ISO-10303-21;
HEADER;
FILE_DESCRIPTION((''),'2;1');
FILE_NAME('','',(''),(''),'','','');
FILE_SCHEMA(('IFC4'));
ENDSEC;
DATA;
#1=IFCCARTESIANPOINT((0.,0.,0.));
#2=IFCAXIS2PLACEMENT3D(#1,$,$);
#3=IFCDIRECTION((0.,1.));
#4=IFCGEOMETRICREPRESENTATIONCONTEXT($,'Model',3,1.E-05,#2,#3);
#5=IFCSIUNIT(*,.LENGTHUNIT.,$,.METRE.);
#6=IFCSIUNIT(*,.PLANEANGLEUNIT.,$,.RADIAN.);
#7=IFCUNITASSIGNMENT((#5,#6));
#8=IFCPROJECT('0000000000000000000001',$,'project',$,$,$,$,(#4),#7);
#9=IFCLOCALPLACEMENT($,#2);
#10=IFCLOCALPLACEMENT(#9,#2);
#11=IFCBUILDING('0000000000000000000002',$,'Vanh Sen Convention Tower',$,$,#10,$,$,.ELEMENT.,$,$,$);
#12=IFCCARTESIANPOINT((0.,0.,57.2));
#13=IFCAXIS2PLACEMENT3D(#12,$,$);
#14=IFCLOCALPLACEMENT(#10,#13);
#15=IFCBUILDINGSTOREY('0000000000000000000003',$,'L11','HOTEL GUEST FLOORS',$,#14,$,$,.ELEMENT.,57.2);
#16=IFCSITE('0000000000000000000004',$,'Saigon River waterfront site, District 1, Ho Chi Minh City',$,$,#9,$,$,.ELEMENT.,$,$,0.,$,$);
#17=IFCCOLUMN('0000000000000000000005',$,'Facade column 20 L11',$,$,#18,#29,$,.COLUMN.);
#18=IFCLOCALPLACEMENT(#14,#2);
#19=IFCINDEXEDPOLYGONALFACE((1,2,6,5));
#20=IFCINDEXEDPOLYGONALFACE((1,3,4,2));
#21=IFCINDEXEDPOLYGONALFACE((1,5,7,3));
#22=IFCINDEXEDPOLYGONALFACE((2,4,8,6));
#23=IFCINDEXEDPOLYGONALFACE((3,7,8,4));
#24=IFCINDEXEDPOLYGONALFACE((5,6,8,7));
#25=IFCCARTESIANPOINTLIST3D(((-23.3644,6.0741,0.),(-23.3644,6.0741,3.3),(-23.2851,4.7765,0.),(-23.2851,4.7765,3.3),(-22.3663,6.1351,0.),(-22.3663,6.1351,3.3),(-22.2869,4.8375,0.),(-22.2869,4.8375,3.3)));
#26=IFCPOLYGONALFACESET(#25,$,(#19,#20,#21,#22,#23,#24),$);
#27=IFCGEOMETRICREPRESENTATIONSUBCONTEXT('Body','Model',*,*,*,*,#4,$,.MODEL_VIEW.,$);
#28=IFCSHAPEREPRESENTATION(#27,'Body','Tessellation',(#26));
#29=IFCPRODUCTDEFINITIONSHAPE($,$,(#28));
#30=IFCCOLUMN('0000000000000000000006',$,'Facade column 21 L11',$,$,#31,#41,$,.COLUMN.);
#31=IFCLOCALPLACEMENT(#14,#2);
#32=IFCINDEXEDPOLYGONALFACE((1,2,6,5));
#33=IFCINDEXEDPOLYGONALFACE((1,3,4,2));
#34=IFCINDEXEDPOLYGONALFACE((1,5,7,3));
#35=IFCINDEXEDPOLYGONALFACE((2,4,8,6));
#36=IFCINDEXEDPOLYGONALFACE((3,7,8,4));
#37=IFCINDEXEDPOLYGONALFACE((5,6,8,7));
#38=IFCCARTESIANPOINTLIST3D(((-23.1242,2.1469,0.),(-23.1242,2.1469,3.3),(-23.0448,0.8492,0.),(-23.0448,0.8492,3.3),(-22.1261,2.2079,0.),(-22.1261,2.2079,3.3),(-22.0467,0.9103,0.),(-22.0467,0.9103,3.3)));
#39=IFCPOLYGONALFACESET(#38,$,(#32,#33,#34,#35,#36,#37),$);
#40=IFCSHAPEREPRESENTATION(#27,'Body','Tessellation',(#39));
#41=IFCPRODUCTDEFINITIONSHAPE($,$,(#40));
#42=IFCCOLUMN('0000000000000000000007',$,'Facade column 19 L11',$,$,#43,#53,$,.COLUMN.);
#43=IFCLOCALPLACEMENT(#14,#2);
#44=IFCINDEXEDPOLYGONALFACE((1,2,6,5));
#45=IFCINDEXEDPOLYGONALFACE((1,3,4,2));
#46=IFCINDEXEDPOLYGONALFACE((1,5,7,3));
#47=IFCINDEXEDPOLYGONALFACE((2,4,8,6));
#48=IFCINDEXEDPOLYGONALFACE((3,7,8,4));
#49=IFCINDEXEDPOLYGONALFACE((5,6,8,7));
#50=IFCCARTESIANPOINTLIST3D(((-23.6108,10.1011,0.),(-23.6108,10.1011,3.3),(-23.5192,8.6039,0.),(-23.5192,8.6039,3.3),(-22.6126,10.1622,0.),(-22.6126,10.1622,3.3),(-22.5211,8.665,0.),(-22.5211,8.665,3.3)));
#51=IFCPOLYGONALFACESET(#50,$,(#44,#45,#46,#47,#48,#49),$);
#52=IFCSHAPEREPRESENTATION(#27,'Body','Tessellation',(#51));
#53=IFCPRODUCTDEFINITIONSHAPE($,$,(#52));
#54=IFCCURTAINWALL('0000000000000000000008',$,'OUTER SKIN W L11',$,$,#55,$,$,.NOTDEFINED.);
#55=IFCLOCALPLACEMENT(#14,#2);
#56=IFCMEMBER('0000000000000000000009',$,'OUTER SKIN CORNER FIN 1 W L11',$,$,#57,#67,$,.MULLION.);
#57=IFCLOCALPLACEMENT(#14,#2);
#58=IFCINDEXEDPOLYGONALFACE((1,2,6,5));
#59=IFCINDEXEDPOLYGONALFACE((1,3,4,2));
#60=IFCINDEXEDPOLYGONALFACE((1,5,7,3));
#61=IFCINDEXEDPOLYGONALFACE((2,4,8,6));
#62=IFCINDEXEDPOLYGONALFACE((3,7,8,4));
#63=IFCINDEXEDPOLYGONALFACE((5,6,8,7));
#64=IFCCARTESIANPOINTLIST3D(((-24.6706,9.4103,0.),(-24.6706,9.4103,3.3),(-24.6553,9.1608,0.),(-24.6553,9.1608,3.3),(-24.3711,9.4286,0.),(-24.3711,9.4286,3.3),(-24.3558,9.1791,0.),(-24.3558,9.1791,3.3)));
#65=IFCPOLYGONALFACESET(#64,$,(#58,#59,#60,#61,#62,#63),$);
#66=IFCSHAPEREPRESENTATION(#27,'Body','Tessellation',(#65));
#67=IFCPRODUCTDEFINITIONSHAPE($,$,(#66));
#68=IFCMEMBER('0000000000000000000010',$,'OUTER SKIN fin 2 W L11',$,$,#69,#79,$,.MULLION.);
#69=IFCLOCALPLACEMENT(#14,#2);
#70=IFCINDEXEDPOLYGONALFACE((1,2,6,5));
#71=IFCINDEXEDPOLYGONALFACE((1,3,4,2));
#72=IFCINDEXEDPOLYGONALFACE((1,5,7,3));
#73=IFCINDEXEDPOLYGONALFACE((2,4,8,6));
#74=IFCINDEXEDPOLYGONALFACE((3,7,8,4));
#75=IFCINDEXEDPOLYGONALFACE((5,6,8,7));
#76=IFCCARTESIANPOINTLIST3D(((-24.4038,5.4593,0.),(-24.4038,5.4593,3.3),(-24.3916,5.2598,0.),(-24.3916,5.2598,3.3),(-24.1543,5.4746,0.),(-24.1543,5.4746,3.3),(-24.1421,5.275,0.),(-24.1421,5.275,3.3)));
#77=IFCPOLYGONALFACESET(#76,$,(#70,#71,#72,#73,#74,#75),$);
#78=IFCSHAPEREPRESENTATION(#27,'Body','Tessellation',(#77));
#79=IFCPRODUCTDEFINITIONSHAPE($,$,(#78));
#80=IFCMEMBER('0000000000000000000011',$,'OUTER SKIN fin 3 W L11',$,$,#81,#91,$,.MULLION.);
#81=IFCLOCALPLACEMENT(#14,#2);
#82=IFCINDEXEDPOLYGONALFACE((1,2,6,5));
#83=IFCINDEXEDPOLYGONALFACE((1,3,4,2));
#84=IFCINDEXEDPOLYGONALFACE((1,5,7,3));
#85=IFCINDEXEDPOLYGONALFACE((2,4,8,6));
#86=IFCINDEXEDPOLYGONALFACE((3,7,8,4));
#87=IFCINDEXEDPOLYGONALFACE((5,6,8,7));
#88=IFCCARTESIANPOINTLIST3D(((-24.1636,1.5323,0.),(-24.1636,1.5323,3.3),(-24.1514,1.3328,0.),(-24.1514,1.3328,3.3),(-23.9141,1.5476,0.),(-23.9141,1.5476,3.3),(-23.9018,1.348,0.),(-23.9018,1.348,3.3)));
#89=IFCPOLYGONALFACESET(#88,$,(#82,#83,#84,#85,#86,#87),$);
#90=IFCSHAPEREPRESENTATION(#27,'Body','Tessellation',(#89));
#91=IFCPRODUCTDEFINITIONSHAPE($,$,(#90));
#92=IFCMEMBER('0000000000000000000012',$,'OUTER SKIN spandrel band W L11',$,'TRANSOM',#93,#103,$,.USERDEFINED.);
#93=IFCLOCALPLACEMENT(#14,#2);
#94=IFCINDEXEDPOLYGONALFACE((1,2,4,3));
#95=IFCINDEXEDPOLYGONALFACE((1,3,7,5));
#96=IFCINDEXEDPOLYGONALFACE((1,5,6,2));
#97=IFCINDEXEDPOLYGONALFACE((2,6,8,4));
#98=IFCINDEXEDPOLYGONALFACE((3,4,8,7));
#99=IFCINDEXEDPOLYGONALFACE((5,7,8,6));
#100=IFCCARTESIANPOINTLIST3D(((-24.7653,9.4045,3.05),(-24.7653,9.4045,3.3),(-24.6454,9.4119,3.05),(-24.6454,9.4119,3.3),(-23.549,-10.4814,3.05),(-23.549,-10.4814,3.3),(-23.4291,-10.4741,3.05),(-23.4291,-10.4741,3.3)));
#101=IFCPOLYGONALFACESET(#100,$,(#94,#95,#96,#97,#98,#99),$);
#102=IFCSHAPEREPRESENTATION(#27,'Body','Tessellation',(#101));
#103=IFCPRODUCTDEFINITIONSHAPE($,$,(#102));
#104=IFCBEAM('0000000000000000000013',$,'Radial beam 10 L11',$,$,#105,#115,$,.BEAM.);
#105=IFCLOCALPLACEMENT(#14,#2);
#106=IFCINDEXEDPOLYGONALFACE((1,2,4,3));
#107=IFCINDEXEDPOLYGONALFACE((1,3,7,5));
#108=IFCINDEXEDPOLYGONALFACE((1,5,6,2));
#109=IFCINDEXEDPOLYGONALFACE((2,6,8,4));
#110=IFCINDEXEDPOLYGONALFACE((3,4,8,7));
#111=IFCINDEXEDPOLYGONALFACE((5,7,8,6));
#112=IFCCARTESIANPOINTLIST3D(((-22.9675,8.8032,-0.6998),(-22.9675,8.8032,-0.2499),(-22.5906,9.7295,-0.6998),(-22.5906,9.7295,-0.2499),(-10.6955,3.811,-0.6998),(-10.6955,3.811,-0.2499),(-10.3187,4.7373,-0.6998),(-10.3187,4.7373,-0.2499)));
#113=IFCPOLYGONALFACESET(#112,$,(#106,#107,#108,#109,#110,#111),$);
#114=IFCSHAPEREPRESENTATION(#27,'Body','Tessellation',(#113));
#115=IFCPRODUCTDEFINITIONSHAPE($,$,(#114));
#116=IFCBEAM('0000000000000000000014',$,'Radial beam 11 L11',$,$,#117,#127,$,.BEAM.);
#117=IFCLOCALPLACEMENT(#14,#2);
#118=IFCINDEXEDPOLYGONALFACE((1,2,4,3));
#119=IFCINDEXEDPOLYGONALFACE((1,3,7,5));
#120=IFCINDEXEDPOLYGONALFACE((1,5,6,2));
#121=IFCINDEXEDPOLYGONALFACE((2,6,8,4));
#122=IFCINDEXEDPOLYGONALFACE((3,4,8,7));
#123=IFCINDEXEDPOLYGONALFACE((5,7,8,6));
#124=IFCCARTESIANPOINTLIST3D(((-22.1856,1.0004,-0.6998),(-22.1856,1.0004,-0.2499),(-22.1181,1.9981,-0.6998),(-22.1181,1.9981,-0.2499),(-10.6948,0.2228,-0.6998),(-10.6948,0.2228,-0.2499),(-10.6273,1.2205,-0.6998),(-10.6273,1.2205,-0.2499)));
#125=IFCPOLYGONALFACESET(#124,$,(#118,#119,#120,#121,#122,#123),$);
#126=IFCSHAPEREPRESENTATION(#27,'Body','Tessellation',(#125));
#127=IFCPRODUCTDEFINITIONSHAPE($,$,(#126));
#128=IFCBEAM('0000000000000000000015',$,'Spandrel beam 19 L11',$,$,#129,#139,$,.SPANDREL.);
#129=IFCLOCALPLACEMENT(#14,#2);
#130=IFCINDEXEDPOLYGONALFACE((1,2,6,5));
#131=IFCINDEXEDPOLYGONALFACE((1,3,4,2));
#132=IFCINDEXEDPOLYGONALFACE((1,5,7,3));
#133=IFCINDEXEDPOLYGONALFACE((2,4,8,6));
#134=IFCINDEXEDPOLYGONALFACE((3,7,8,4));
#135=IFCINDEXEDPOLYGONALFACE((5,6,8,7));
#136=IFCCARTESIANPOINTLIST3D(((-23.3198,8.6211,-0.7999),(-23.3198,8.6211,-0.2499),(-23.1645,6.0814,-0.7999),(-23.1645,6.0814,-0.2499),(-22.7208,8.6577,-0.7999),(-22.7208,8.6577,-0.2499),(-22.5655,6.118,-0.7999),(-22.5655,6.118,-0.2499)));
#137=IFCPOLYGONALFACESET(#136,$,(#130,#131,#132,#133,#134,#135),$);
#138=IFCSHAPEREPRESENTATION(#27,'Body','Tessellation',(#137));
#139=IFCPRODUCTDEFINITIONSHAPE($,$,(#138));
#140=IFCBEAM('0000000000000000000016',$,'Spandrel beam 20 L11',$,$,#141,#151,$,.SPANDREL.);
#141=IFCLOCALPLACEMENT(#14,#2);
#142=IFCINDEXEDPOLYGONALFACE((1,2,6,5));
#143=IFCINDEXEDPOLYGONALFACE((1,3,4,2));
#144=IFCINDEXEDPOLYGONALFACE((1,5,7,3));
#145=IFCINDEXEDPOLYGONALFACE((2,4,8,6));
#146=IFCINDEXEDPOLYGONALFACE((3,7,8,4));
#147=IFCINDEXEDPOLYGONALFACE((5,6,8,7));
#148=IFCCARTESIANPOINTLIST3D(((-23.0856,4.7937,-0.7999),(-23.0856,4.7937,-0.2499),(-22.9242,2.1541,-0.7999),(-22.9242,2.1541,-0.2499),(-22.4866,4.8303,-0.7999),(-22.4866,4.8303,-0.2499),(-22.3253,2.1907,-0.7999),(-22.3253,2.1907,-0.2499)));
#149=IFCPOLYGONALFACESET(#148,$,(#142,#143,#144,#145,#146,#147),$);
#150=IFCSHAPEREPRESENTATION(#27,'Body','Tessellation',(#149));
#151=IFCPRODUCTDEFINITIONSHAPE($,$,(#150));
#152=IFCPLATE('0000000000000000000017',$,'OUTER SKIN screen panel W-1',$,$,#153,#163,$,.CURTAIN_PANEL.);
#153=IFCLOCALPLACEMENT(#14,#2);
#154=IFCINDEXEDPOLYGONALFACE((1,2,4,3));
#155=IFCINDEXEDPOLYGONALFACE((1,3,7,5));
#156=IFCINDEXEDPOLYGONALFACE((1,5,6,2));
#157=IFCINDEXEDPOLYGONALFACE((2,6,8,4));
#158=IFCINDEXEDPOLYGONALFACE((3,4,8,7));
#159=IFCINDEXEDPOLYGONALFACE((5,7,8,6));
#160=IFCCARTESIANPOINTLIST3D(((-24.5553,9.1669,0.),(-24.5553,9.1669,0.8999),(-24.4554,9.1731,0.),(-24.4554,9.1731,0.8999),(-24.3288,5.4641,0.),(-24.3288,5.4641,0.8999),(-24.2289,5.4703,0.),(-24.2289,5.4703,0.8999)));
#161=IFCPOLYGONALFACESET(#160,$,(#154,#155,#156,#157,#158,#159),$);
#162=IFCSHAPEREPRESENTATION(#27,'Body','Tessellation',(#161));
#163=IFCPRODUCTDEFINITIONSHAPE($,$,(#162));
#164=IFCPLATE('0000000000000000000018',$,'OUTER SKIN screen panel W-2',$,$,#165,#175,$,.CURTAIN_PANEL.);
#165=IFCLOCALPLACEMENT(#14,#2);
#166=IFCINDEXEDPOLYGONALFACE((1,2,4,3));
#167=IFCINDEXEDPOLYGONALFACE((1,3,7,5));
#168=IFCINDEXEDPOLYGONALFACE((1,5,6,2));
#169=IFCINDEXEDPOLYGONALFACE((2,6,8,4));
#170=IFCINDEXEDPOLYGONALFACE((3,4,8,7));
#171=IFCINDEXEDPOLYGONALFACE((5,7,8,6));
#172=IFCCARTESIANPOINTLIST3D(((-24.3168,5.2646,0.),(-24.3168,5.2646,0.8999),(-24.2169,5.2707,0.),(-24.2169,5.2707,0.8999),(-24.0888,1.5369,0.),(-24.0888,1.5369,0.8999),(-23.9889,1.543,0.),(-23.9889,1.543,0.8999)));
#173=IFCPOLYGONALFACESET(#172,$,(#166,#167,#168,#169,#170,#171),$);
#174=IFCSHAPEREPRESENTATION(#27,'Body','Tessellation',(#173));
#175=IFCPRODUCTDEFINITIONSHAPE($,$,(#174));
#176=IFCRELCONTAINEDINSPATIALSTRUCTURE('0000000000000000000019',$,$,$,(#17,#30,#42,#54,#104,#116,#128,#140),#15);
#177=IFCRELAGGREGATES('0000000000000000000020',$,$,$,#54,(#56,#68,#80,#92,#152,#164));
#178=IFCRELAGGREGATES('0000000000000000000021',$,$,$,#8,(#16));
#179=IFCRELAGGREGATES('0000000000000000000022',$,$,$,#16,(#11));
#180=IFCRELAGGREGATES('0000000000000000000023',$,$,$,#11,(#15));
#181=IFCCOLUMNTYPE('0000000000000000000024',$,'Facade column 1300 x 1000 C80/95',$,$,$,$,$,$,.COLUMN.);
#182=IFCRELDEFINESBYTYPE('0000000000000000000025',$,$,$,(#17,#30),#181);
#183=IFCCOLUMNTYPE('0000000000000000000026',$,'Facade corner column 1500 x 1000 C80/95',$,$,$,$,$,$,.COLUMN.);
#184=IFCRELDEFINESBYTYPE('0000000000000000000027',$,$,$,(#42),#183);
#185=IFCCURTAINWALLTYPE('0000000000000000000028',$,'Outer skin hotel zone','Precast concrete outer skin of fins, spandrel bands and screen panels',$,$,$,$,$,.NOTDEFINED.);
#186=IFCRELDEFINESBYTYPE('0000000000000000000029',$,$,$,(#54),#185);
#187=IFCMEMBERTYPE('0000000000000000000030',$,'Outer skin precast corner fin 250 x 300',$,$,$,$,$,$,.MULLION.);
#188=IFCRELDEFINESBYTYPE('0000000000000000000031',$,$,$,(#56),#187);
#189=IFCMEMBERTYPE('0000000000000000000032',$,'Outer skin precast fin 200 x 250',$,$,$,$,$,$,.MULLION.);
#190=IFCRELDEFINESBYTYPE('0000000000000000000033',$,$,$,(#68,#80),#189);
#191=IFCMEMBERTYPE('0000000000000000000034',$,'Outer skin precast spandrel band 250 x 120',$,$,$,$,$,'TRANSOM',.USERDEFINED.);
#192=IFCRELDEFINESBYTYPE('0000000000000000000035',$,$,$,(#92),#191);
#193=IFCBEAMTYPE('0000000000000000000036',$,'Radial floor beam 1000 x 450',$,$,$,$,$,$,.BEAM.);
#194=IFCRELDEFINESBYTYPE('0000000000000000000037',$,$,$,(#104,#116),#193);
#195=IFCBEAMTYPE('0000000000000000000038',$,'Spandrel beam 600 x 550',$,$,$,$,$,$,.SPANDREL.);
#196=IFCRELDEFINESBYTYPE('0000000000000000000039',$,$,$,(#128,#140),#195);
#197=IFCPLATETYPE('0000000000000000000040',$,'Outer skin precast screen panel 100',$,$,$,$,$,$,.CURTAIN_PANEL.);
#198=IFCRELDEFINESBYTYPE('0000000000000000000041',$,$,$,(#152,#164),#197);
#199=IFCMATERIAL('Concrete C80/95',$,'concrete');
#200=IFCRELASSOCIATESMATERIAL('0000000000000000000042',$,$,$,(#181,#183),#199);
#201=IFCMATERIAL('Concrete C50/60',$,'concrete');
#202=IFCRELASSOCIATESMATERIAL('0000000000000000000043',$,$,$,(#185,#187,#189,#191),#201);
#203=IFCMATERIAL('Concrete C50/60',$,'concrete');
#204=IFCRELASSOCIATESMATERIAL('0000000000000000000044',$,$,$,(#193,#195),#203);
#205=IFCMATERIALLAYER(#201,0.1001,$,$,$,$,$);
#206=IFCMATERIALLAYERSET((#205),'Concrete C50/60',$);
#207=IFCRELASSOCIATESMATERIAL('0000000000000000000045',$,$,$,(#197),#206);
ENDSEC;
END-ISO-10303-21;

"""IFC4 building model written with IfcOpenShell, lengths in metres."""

from ifc_helpers import new_model, si_unit, direction, frame, origin, origin_2d, place, context, subcontext, project, spatial, rectangle, extrude, material, layer, layer_set, material_profile, profile_set, type_object, element, aggregate, save


model = new_model("IFC4")

# Units and contexts
model_context = context("Model", 3, precision=1e-05, world=origin(), true_north=direction((0.0, 1.0)))
body_context = subcontext(model_context, "Body", "Model", "MODEL_VIEW")
ifc_project = project(units=[si_unit("LENGTHUNIT", "METRE"), si_unit("PLANEANGLEUNIT", "RADIAN")], contexts=[model_context])

# Site, building, storey
site_placement = place(None, origin())
site = spatial("IfcSite", under=ifc_project, at=site_placement, Name="Saigon River waterfront site, District 1, Ho Chi Minh City", CompositionType="ELEMENT", RefElevation=0.0)
building_placement = place(site_placement, origin())
building = spatial("IfcBuilding", under=site, at=building_placement, Name="Vanh Sen Convention Tower", CompositionType="ELEMENT")
storey_placement = place(building_placement, frame((0.0, 0.0, 57.2)))
storey = spatial("IfcBuildingStorey", under=building, at=storey_placement, Name="L11", Description="HOTEL GUEST FLOORS", CompositionType="ELEMENT", Elevation=57.2)

# Columns
ifc_material_1 = material(Name="Concrete C80/95", Category="concrete")
ifc_material_profile_1 = material_profile(ifc_material_1, rectangle(XDim=1.3, YDim=1.0, at=origin_2d()), Name="RC 1300X1000")
ifc_profile_set_1 = profile_set([ifc_material_profile_1], Name="Concrete C80/95")
column_type_1 = type_object("IfcColumnType", Name="Facade column 1300 x 1000 C80/95", PredefinedType="COLUMN", material=ifc_profile_set_1)
for number, where, z_axis, x_axis, name in (
    (1, (-22.8257, 5.4558, 0.0), (0.0, 0.0, 1.0), (0.061049, -0.998135, 0.0), "Facade column 20 L11"),
    (2, (-22.5854, 1.5286, 0.0), (0.0, 0.0, 1.0), (0.061049, -0.998135, 0.0), "Facade column 21 L11"),
):
    element("IfcColumn", number, at=place(storey_placement, frame(where, z_axis=z_axis, x_axis=x_axis)), inside=storey, type_object=column_type_1, Name=name, PredefinedType="COLUMN", context=body_context, shape_type="SweptSolid", body=[
        extrude(rectangle(XDim=1.3, YDim=1.0, at=origin_2d()), origin(), (0.0, 0.0, 1.0), 3.3),
    ])
ifc_material_profile_2 = material_profile(ifc_material_1, rectangle(XDim=1.5, YDim=1.0, at=origin_2d()), Name="RC 1500X1000")
ifc_profile_set_2 = profile_set([ifc_material_profile_2], Name="Concrete C80/95")
column_type_2 = type_object("IfcColumnType", Name="Facade corner column 1500 x 1000 C80/95", PredefinedType="COLUMN", material=ifc_profile_set_2)
column_placement = place(storey_placement, frame((-23.0659, 9.3831, 0.0), z_axis=(0.0, 0.0, 1.0), x_axis=(0.061049, -0.998135, 0.0)))
element("IfcColumn", 3, at=column_placement, inside=storey, type_object=column_type_2, Name="Facade column 19 L11", PredefinedType="COLUMN", context=body_context, shape_type="SweptSolid", body=[
    extrude(rectangle(XDim=1.5, YDim=1.0, at=origin_2d()), origin(), (0.0, 0.0, 1.0), 3.3),
])

# Curtain wall, members
ifc_material_2 = material(Name="Concrete C50/60", Category="concrete")
curtain_wall_type = type_object("IfcCurtainWallType", Name="Outer skin hotel zone", Description="Precast concrete outer skin of fins, spandrel bands and screen panels", PredefinedType="NOTDEFINED", material=ifc_material_2)
curtain_wall_placement = place(storey_placement, origin())
curtain_wall = element("IfcCurtainWall", 4, at=curtain_wall_placement, inside=storey, type_object=curtain_wall_type, Name="OUTER SKIN W L11", PredefinedType="NOTDEFINED")
ifc_material_profile_3 = material_profile(ifc_material_2, rectangle(XDim=0.25, YDim=0.3, at=origin_2d()), Name="Outer skin precast corner fin 250 x 300")
ifc_profile_set_3 = profile_set([ifc_material_profile_3], Name="Concrete C50/60")
member_type_1 = type_object("IfcMemberType", Name="Outer skin precast corner fin 250 x 300", PredefinedType="MULLION", material=ifc_profile_set_3)
member_1_placement = place(storey_placement, frame((-24.5132, 9.2947, 0.0), z_axis=(0.0, 0.0, 1.0), x_axis=(0.061049, -0.998135, 0.0)))
member_1 = element("IfcMember", 5, at=member_1_placement, type_object=member_type_1, Name="OUTER SKIN CORNER FIN 1 W L11", PredefinedType="MULLION", context=body_context, shape_type="SweptSolid", body=[
    extrude(rectangle(XDim=0.25, YDim=0.3, at=origin_2d()), origin(), (0.0, 0.0, 1.0), 3.3),
])
ifc_material_profile_4 = material_profile(ifc_material_2, rectangle(XDim=0.2, YDim=0.25, at=origin_2d()), Name="Outer skin precast fin 200 x 250")
ifc_profile_set_4 = profile_set([ifc_material_profile_4], Name="Concrete C50/60")
member_type_2 = type_object("IfcMemberType", Name="Outer skin precast fin 200 x 250", PredefinedType="MULLION", material=ifc_profile_set_4)
member_2_placement = place(storey_placement, frame((-24.2729, 5.3672, 0.0), z_axis=(0.0, 0.0, 1.0), x_axis=(0.061049, -0.998135, 0.0)))
member_2 = element("IfcMember", 6, at=member_2_placement, type_object=member_type_2, Name="OUTER SKIN fin 2 W L11", PredefinedType="MULLION", context=body_context, shape_type="SweptSolid", body=[
    extrude(rectangle(XDim=0.2, YDim=0.25, at=origin_2d()), origin(), (0.0, 0.0, 1.0), 3.3),
])
member_3_placement = place(storey_placement, frame((-24.0327, 1.4402, 0.0), z_axis=(0.0, 0.0, 1.0), x_axis=(0.061049, -0.998135, 0.0)))
member_3 = element("IfcMember", 7, at=member_3_placement, type_object=member_type_2, Name="OUTER SKIN fin 3 W L11", PredefinedType="MULLION", context=body_context, shape_type="SweptSolid", body=[
    extrude(rectangle(XDim=0.2, YDim=0.25, at=origin_2d()), origin(), (0.0, 0.0, 1.0), 3.3),
])
ifc_material_profile_5 = material_profile(ifc_material_2, rectangle(XDim=0.1201, YDim=0.25, at=origin_2d()), Name="Outer skin precast spandrel band 250 x 120")
ifc_profile_set_5 = profile_set([ifc_material_profile_5], Name="Concrete C50/60")
member_type_3 = type_object("IfcMemberType", Name="Outer skin precast spandrel band 250 x 120", ElementType="TRANSOM", PredefinedType="USERDEFINED", material=ifc_profile_set_5)
member_4_placement = place(storey_placement, frame((-24.7053, 9.4082, 3.175), z_axis=(0.06105, -0.998135, 0.0), x_axis=(0.998135, 0.06105, 0.0)))
member_4 = element("IfcMember", 8, at=member_4_placement, type_object=member_type_3, Name="OUTER SKIN spandrel band W L11", ObjectType="TRANSOM", PredefinedType="USERDEFINED", context=body_context, shape_type="SweptSolid", body=[
    extrude(rectangle(XDim=0.1201, YDim=0.25, at=origin_2d()), origin(), (0.0, 0.0, 1.0), 19.9231),
])

# Beams
ifc_material_3 = material(Name="Concrete C50/60", Category="concrete")
ifc_material_profile_6 = material_profile(ifc_material_3, rectangle(XDim=1.0, YDim=0.45, at=origin_2d()), Name="RC 1000X450")
ifc_profile_set_6 = profile_set([ifc_material_profile_6], Name="Concrete C50/60")
beam_type_1 = type_object("IfcBeamType", Name="Radial floor beam 1000 x 450", PredefinedType="BEAM", material=ifc_profile_set_6)
beam_1_placement = place(storey_placement, frame((-22.7791, 9.2664, -0.4749), z_axis=(0.92629, -0.376811, 0.0), x_axis=(0.376811, 0.92629, 0.0)))
element("IfcBeam", 9, at=beam_1_placement, inside=storey, type_object=beam_type_1, Name="Radial beam 10 L11", PredefinedType="BEAM", context=body_context, shape_type="SweptSolid", body=[
    extrude(rectangle(XDim=1.0, YDim=0.45, at=origin_2d()), origin(), (0.0, 0.0, 1.0), 13.2485),
])
beam_2_placement = place(storey_placement, frame((-22.1519, 1.4993, -0.4749), z_axis=(0.997718, -0.067517, 0.0), x_axis=(0.067517, 0.997718, 0.0)))
element("IfcBeam", 10, at=beam_2_placement, inside=storey, type_object=beam_type_1, Name="Radial beam 11 L11", PredefinedType="BEAM", context=body_context, shape_type="SweptSolid", body=[
    extrude(rectangle(XDim=1.0, YDim=0.45, at=origin_2d()), origin(), (0.0, 0.0, 1.0), 11.5171),
])
ifc_material_profile_7 = material_profile(ifc_material_3, rectangle(XDim=0.6001, YDim=0.55, at=origin_2d()), Name="RC 600X550")
ifc_profile_set_7 = profile_set([ifc_material_profile_7], Name="Concrete C50/60")
beam_type_2 = type_object("IfcBeamType", Name="Spandrel beam 600 x 550", PredefinedType="SPANDREL", material=ifc_profile_set_7)
beam_3_placement = place(storey_placement, frame((-23.0203, 8.6394, -0.5249), z_axis=(0.061022, -0.998136, 0.0), x_axis=(0.998136, 0.061022, 0.0)))
element("IfcBeam", 11, at=beam_3_placement, inside=storey, type_object=beam_type_2, Name="Spandrel beam 19 L11", PredefinedType="SPANDREL", context=body_context, shape_type="SweptSolid", body=[
    extrude(rectangle(XDim=0.6001, YDim=0.55, at=origin_2d()), origin(), (0.0, 0.0, 1.0), 2.5444),
])
beam_4_placement = place(storey_placement, frame((-22.7861, 4.812, -0.5249), z_axis=(0.061022, -0.998136, 0.0), x_axis=(0.998136, 0.061022, 0.0)))
element("IfcBeam", 12, at=beam_4_placement, inside=storey, type_object=beam_type_2, Name="Spandrel beam 20 L11", PredefinedType="SPANDREL", context=body_context, shape_type="SweptSolid", body=[
    extrude(rectangle(XDim=0.6001, YDim=0.55, at=origin_2d()), origin(), (0.0, 0.0, 1.0), 2.6445),
])

# Plates
ifc_layer_1 = layer(ifc_material_2, 0.1001)
ifc_layer_set_1 = layer_set([ifc_layer_1], Name="Concrete C50/60")
plate_type = type_object("IfcPlateType", Name="Outer skin precast screen panel 100", PredefinedType="CURTAIN_PANEL", material=ifc_layer_set_1)
plate_1_placement = place(storey_placement, frame((-24.3921, 7.3186, 0.0), z_axis=(0.0, 0.0, 1.0), x_axis=(0.061047, -0.998135, 0.0)))
plate_1 = element("IfcPlate", 13, at=plate_1_placement, type_object=plate_type, Name="OUTER SKIN screen panel W-1", PredefinedType="CURTAIN_PANEL", context=body_context, shape_type="SweptSolid", body=[
    extrude(rectangle(XDim=3.7097, YDim=0.1001, at=origin_2d()), origin(), (0.0, 0.0, 1.0), 0.8999),
])
plate_2_placement = place(storey_placement, frame((-24.1528, 3.4038, 0.0), z_axis=(0.0, 0.0, 1.0), x_axis=(0.061049, -0.998135, 0.0)))
plate_2 = element("IfcPlate", 14, at=plate_2_placement, type_object=plate_type, Name="OUTER SKIN screen panel W-2", PredefinedType="CURTAIN_PANEL", context=body_context, shape_type="SweptSolid", body=[
    extrude(rectangle(XDim=3.7346, YDim=0.1001, at=origin_2d()), origin(), (0.0, 0.0, 1.0), 0.8999),
])
aggregate(curtain_wall, [member_1, member_2, member_3, member_4, plate_1, plate_2])

save(model, "model.ifc")
